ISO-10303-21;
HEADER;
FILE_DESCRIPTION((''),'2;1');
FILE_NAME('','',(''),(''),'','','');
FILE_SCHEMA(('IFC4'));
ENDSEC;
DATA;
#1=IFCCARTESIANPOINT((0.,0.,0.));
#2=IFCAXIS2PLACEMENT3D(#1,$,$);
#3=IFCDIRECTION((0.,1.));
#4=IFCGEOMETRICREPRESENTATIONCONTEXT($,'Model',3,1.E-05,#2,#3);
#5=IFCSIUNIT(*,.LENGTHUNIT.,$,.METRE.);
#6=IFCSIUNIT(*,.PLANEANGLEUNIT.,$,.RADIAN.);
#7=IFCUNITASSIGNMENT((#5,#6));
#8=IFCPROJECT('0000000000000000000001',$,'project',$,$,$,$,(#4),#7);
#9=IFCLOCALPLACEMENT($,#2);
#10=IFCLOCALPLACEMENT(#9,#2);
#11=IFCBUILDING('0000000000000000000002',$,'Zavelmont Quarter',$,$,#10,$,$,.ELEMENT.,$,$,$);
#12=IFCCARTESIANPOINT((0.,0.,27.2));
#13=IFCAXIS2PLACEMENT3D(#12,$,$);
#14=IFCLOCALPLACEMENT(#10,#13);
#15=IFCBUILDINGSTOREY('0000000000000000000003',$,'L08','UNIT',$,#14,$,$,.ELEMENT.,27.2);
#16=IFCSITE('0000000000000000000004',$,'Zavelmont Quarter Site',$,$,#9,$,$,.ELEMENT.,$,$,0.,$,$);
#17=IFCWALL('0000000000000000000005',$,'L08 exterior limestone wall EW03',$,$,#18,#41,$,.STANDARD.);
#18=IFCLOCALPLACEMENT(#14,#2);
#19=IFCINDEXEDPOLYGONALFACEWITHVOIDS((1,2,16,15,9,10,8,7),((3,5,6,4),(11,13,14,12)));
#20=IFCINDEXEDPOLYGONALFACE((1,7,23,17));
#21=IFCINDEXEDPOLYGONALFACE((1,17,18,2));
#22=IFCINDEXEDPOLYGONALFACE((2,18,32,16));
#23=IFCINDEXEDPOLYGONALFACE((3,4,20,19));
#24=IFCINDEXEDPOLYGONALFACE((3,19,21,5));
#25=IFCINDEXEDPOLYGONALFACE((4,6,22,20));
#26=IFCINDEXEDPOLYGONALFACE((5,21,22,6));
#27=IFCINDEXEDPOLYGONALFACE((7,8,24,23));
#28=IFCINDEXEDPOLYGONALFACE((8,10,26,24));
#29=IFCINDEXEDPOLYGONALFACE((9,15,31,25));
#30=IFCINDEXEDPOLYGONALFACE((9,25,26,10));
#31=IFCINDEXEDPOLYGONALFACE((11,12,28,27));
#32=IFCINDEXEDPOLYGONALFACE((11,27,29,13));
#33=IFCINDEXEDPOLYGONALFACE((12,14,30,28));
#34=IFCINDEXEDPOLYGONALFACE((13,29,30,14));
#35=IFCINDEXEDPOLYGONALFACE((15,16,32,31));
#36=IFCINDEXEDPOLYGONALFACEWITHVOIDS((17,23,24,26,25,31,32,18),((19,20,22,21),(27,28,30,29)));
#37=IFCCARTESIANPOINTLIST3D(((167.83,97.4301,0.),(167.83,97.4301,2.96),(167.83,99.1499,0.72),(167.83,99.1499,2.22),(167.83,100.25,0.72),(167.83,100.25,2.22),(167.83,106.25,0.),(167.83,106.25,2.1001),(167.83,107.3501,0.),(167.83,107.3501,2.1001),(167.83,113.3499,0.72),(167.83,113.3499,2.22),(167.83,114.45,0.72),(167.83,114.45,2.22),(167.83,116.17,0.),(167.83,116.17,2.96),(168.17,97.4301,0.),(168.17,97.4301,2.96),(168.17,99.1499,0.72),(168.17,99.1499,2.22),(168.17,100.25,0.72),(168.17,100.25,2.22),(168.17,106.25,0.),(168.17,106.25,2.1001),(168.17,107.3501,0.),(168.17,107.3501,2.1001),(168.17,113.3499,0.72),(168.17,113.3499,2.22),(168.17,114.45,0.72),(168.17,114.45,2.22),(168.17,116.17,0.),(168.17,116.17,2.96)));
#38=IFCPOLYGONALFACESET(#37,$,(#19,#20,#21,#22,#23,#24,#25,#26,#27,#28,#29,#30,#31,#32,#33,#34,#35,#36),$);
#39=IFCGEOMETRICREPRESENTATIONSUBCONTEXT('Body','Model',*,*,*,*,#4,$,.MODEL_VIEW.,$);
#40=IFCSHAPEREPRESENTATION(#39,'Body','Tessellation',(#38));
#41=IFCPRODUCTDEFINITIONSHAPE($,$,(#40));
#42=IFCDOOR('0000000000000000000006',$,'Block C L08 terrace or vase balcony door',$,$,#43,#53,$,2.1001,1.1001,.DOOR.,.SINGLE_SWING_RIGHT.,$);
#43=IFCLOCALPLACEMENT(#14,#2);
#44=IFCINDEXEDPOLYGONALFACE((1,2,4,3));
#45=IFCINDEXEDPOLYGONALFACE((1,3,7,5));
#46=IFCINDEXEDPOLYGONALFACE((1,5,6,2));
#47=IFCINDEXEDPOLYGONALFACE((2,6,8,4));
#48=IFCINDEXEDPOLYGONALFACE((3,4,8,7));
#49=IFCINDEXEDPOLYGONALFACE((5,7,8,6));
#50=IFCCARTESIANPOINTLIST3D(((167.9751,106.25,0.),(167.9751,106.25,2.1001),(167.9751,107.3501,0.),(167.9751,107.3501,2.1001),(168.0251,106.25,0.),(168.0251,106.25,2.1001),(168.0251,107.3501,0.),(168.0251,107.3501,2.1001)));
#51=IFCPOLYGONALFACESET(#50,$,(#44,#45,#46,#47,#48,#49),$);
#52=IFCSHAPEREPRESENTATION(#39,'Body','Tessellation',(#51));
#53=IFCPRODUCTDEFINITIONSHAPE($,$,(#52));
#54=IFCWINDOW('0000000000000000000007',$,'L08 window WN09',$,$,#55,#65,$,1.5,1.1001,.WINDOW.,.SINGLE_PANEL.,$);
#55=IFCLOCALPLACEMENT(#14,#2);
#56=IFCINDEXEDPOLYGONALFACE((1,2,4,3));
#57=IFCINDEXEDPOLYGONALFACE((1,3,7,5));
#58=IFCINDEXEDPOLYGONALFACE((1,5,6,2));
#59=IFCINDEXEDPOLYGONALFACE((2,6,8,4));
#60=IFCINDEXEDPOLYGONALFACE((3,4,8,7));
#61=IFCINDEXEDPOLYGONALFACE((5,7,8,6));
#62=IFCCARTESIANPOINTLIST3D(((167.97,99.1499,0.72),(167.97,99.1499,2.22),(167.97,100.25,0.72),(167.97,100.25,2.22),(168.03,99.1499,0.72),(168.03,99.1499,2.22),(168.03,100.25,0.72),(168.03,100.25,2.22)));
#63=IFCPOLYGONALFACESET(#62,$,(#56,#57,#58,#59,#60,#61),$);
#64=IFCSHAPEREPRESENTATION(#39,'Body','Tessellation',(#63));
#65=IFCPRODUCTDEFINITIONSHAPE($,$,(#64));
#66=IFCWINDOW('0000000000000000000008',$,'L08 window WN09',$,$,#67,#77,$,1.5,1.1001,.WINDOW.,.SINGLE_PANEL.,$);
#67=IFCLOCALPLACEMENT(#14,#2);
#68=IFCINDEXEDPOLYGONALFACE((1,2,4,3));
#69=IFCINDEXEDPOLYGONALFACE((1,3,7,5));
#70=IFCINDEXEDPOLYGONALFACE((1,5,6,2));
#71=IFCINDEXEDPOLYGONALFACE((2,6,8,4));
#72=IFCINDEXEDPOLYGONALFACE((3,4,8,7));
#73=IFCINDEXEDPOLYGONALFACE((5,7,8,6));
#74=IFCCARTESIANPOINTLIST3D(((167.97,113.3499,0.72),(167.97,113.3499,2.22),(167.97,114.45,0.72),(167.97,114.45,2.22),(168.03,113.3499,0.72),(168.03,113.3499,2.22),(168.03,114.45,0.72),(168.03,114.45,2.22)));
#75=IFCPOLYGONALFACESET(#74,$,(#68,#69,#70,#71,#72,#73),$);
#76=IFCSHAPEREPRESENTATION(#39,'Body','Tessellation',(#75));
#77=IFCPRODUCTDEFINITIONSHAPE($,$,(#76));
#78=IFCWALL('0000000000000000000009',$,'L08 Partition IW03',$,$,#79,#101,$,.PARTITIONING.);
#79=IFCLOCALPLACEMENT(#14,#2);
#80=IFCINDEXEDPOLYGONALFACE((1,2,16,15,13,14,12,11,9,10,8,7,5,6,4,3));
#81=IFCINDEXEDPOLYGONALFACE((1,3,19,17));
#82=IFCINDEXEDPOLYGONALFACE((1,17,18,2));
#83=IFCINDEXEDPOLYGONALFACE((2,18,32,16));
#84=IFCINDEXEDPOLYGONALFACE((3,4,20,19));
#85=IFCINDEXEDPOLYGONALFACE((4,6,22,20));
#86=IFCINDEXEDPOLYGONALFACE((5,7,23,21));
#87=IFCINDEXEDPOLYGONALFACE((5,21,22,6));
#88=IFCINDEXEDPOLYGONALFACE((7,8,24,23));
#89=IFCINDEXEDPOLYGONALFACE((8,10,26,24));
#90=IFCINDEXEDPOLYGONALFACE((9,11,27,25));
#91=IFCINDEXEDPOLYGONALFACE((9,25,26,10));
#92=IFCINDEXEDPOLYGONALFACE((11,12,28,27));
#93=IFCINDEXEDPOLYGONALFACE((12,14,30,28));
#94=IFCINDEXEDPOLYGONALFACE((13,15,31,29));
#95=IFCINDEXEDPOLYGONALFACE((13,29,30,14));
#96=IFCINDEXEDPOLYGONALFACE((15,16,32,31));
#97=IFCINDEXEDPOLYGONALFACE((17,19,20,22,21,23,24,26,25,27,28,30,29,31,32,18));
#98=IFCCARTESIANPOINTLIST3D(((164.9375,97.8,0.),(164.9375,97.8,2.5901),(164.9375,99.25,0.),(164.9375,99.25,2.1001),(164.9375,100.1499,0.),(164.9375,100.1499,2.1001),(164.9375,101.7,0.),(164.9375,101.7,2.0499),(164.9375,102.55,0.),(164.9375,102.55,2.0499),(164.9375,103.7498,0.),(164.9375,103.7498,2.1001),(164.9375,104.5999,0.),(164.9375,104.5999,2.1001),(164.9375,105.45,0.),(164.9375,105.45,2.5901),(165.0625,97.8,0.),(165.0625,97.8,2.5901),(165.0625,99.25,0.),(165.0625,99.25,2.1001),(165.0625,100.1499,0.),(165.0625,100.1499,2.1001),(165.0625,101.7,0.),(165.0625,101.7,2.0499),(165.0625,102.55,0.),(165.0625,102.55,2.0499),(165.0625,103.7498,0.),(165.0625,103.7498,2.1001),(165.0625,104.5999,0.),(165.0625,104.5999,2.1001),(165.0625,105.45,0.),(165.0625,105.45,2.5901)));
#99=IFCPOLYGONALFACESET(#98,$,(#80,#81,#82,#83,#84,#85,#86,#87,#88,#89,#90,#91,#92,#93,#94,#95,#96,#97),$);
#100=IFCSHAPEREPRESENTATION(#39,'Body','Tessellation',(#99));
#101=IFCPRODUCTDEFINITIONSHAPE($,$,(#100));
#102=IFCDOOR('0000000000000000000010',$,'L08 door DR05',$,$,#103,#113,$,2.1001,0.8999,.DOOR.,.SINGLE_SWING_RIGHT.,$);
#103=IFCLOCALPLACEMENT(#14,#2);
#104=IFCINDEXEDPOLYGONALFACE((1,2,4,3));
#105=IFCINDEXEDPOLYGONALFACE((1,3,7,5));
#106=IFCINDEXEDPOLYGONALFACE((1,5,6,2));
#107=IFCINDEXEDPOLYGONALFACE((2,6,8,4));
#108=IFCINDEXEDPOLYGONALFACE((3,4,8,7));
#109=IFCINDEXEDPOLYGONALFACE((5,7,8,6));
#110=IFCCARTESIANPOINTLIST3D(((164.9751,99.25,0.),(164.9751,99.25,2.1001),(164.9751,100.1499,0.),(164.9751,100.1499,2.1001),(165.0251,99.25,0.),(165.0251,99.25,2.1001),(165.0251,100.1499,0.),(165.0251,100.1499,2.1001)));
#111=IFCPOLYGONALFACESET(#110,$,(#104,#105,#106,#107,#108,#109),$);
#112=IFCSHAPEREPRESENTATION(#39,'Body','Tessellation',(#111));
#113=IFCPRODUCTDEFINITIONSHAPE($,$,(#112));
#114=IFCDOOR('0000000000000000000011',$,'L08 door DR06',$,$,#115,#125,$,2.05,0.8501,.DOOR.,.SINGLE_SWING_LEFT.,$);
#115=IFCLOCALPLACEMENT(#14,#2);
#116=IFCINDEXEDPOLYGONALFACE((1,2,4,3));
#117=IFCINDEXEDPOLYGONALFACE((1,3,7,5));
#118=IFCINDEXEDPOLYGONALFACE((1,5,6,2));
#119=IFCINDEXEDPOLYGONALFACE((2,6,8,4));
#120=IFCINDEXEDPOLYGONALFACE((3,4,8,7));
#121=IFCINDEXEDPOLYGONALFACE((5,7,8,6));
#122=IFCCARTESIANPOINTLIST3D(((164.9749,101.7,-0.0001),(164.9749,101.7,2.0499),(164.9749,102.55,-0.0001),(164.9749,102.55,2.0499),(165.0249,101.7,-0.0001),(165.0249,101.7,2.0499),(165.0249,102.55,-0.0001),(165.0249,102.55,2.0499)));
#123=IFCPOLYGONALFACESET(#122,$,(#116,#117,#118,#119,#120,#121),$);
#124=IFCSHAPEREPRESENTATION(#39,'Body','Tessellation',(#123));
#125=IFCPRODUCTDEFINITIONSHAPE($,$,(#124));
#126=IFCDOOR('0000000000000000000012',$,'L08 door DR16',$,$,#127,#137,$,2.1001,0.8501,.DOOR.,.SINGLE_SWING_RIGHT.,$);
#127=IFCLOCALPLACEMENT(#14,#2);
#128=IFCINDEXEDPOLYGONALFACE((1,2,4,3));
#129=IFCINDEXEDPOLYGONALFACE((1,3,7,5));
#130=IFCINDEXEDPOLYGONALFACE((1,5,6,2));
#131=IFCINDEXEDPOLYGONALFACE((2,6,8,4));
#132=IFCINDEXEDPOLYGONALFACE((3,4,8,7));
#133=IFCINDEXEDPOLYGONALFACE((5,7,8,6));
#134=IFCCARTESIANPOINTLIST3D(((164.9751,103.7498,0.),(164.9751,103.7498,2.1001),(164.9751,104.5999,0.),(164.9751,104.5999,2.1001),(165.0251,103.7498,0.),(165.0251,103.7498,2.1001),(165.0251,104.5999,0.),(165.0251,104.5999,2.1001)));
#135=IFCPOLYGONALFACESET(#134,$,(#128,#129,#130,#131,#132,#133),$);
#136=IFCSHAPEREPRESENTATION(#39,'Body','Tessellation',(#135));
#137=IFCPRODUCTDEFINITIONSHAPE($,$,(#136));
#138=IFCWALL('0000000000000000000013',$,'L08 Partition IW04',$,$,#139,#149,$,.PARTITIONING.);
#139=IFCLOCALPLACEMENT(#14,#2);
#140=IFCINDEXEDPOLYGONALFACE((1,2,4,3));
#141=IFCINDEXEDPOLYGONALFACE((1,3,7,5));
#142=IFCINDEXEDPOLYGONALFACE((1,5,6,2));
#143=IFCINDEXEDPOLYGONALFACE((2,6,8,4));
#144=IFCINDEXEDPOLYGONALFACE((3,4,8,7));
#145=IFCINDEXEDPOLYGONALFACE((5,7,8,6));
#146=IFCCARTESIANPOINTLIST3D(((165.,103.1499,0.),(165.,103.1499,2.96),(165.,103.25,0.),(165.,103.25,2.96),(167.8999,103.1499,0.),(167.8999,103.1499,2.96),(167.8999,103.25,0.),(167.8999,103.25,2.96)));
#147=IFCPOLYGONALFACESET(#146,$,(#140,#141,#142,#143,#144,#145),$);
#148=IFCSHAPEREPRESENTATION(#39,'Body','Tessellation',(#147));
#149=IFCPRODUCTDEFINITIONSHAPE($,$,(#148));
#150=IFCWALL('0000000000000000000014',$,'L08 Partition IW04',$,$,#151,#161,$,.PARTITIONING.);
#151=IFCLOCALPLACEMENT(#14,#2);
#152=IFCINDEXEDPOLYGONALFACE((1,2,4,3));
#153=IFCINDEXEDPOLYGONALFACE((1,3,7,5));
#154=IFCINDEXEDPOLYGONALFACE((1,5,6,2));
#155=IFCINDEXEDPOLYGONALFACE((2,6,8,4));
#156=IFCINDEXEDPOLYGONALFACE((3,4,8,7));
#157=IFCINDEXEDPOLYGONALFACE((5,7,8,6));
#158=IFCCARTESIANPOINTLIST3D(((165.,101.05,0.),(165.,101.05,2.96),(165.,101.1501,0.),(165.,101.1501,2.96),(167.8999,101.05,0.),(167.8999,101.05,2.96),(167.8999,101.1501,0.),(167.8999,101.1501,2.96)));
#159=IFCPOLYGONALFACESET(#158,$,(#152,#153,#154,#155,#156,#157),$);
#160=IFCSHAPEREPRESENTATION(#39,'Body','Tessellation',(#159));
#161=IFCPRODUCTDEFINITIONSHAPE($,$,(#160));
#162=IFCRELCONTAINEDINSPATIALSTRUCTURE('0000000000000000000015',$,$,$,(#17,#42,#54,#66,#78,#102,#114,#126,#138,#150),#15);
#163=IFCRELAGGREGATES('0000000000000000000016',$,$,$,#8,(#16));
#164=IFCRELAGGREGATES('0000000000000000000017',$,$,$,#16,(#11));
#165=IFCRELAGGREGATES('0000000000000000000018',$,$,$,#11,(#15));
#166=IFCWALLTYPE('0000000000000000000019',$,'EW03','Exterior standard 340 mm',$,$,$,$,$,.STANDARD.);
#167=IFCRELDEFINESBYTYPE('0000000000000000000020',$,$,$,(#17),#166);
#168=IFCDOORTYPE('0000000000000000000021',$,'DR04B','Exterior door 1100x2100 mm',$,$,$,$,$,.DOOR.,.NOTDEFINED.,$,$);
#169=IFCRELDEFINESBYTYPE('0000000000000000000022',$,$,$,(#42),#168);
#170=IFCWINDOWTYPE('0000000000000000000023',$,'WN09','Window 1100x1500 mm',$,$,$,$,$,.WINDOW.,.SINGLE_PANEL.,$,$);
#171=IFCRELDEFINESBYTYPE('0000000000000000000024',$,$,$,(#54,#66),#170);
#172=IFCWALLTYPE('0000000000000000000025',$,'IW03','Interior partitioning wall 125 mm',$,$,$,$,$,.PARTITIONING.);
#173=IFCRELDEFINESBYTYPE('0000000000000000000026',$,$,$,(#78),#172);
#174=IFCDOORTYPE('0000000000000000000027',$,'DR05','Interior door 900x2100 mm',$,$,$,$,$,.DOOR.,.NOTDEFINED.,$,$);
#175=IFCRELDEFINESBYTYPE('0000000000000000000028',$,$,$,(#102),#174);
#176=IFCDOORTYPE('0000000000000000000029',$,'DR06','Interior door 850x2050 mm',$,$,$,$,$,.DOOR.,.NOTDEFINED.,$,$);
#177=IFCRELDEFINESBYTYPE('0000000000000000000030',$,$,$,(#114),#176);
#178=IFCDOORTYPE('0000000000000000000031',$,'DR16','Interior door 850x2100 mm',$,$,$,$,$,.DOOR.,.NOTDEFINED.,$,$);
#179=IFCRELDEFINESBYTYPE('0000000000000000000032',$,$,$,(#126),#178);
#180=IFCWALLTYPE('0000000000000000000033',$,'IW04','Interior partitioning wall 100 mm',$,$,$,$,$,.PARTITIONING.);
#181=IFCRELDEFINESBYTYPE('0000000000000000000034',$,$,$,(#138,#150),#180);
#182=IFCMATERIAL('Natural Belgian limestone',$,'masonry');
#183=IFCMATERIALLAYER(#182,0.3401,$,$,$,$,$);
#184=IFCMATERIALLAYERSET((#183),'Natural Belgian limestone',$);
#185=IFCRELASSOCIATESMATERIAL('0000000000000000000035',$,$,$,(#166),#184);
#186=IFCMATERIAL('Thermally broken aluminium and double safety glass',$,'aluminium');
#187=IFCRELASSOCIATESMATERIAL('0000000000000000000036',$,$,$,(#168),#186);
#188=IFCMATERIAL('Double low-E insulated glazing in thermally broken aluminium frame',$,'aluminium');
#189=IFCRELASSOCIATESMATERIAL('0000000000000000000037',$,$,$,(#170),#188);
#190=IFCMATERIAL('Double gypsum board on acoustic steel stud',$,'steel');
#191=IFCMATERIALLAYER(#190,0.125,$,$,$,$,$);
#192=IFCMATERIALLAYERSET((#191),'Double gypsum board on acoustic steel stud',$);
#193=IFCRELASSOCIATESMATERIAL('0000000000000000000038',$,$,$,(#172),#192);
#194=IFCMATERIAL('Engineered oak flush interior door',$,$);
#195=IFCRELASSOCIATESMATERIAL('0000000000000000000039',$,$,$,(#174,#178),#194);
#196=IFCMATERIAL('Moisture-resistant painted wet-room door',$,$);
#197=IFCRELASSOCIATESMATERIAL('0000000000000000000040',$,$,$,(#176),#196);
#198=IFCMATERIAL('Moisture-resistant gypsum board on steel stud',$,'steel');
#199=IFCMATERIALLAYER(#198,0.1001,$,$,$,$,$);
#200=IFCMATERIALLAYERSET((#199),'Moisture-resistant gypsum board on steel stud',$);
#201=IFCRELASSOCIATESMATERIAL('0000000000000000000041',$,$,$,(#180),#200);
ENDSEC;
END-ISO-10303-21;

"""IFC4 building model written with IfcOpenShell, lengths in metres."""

from ifc_helpers import new_model, si_unit, direction, frame, frame_2d, origin, origin_with_axes, place, context, subcontext, project, spatial, rectangle, extrude, material, layer, layer_set, type_object, element, fill, save


model = new_model("IFC4")

# Units and contexts
model_context = context("Model", 3, precision=1e-05, world=origin(), true_north=direction((0.0, 1.0)))
body_context = subcontext(model_context, "Body", "Model", "MODEL_VIEW")
ifc_project = project(units=[si_unit("LENGTHUNIT", "METRE"), si_unit("PLANEANGLEUNIT", "RADIAN")], contexts=[model_context])

# Site, building, storey
site_placement = place(None, origin())
site = spatial("IfcSite", under=ifc_project, at=site_placement, Name="Zavelmont Quarter Site", CompositionType="ELEMENT", RefElevation=0.0)
building_placement = place(site_placement, origin())
building = spatial("IfcBuilding", under=site, at=building_placement, Name="Zavelmont Quarter", CompositionType="ELEMENT")
storey_placement = place(building_placement, frame((0.0, 0.0, 27.2)))
storey = spatial("IfcBuildingStorey", under=building, at=storey_placement, Name="L08", Description="UNIT", CompositionType="ELEMENT", Elevation=27.2)

# Wall, openings, door, windows
ifc_material_1 = material(Name="Natural Belgian limestone", Category="masonry")
ifc_layer_1 = layer(ifc_material_1, 0.3401)
ifc_layer_set_1 = layer_set([ifc_layer_1], Name="Natural Belgian limestone")
wall_type_1 = type_object("IfcWallType", Name="EW03", Description="Exterior standard 340 mm", PredefinedType="STANDARD", material=ifc_layer_set_1)
wall_1_placement = place(storey_placement, frame((168.0, 97.4299, 0.0), z_axis=(0.0, 0.0, 1.0), x_axis=(0.0, 1.0, 0.0)))
wall_1 = element("IfcWall", 1, at=wall_1_placement, inside=storey, type_object=wall_type_1, Name="L08 exterior limestone wall EW03", PredefinedType="STANDARD", context=body_context, shape_type="SweptSolid", body=[
    extrude(rectangle(XDim=18.74, YDim=0.3401, at=frame_2d((9.3701, 0.0))), origin(), (0.0, 0.0, 1.0), 2.96),
])
opening_1_placement = place(wall_1_placement, frame((8.8201, 0.0, 0.0)))
opening_1 = element("IfcOpeningElement", 2, at=opening_1_placement, cuts=wall_1, PredefinedType="OPENING", context=body_context, shape_type="SweptSolid", body=[
    extrude(rectangle(XDim=1.1001, YDim=2.1001, at=frame_2d((0.55, 1.05))), frame((0.0, 0.1821, 0.0), z_axis=(0.0, -1.0, 0.0), x_axis=(1.0, 0.0, 0.0)), (0.0, 0.0, 1.0), 0.364),
])
opening_2_placement = place(wall_1_placement, frame((1.72, 0.0, 0.72)))
opening_2 = element("IfcOpeningElement", 3, at=opening_2_placement, cuts=wall_1, PredefinedType="OPENING", context=body_context, shape_type="SweptSolid", body=[
    extrude(rectangle(XDim=1.1001, YDim=1.5, at=frame_2d((0.55, 0.75))), frame((0.0, 0.1821, 0.0), z_axis=(0.0, -1.0, 0.0), x_axis=(1.0, 0.0, 0.0)), (0.0, 0.0, 1.0), 0.364),
])
opening_3_placement = place(wall_1_placement, frame((15.9199, 0.0, 0.72)))
opening_3 = element("IfcOpeningElement", 4, at=opening_3_placement, cuts=wall_1, PredefinedType="OPENING", context=body_context, shape_type="SweptSolid", body=[
    extrude(rectangle(XDim=1.1001, YDim=1.5, at=frame_2d((0.55, 0.75))), frame((0.0, 0.1821, 0.0), z_axis=(0.0, -1.0, 0.0), x_axis=(1.0, 0.0, 0.0)), (0.0, 0.0, 1.0), 0.364),
])
ifc_material_2 = material(Name="Thermally broken aluminium and double safety glass", Category="aluminium")
door_type_1 = type_object("IfcDoorType", Name="DR04B", Description="Exterior door 1100x2100 mm", OperationType="NOTDEFINED", PredefinedType="DOOR", material=ifc_material_2)
door_1_placement = place(opening_1_placement, origin_with_axes())
door_1 = element("IfcDoor", 5, at=door_1_placement, inside=storey, type_object=door_type_1, Name="Block C L08 terrace or vase balcony door", OperationType="SINGLE_SWING_RIGHT", OverallHeight=2.1001, OverallWidth=1.1001, PredefinedType="DOOR", context=body_context, shape_type="SweptSolid", body=[
    extrude(rectangle(XDim=1.1001, YDim=2.1001, at=frame_2d((0.55, 1.05))), frame((0.0, 0.0249, 0.0), z_axis=(0.0, -1.0, 0.0), x_axis=(1.0, 0.0, 0.0)), (0.0, 0.0, 1.0), 0.05),
])
fill(opening_1, door_1)
ifc_material_3 = material(Name="Double low-E insulated glazing in thermally broken aluminium frame", Category="aluminium")
window_type = type_object("IfcWindowType", Name="WN09", Description="Window 1100x1500 mm", PartitioningType="SINGLE_PANEL", PredefinedType="WINDOW", material=ifc_material_3)
window_1_placement = place(opening_2_placement, origin_with_axes())
window_1 = element("IfcWindow", 6, at=window_1_placement, inside=storey, type_object=window_type, Name="L08 window WN09", OverallHeight=1.5, OverallWidth=1.1001, PartitioningType="SINGLE_PANEL", PredefinedType="WINDOW", context=body_context, shape_type="SweptSolid", body=[
    extrude(rectangle(XDim=1.1001, YDim=1.5, at=frame_2d((0.55, 0.75))), frame((0.0, 0.03, 0.0), z_axis=(0.0, -1.0, 0.0), x_axis=(1.0, 0.0, 0.0)), (0.0, 0.0, 1.0), 0.0601),
])
fill(opening_2, window_1)
window_2_placement = place(opening_3_placement, origin_with_axes())
window_2 = element("IfcWindow", 7, at=window_2_placement, inside=storey, type_object=window_type, Name="L08 window WN09", OverallHeight=1.5, OverallWidth=1.1001, PartitioningType="SINGLE_PANEL", PredefinedType="WINDOW", context=body_context, shape_type="SweptSolid", body=[
    extrude(rectangle(XDim=1.1001, YDim=1.5, at=frame_2d((0.55, 0.75))), frame((0.0, 0.03, 0.0), z_axis=(0.0, -1.0, 0.0), x_axis=(1.0, 0.0, 0.0)), (0.0, 0.0, 1.0), 0.0601),
])
fill(opening_3, window_2)

# Wall, openings, doors
ifc_material_4 = material(Name="Double gypsum board on acoustic steel stud", Category="steel")
ifc_layer_2 = layer(ifc_material_4, 0.125)
ifc_layer_set_2 = layer_set([ifc_layer_2], Name="Double gypsum board on acoustic steel stud")
wall_type_2 = type_object("IfcWallType", Name="IW03", Description="Interior partitioning wall 125 mm", PredefinedType="PARTITIONING", material=ifc_layer_set_2)
wall_2_placement = place(storey_placement, frame((165.0, 105.45, 0.0), z_axis=(0.0, 0.0, 1.0), x_axis=(0.0, -1.0, 0.0)))
wall_2 = element("IfcWall", 8, at=wall_2_placement, inside=storey, type_object=wall_type_2, Name="L08 Partition IW03", PredefinedType="PARTITIONING", context=body_context, shape_type="SweptSolid", body=[
    extrude(rectangle(XDim=7.6499, YDim=0.125, at=frame_2d((3.825, 0.0))), origin(), (0.0, 0.0, 1.0), 2.5901),
])
opening_4_placement = place(wall_2_placement, frame((0.8501, 0.0, 0.0)))
opening_4 = element("IfcOpeningElement", 9, at=opening_4_placement, cuts=wall_2, PredefinedType="OPENING", context=body_context, shape_type="SweptSolid", body=[
    extrude(rectangle(XDim=0.8501, YDim=2.1001, at=frame_2d((0.425, 1.05))), frame((0.0, 0.0745, 0.0), z_axis=(0.0, -1.0, 0.0), x_axis=(1.0, 0.0, 0.0)), (0.0, 0.0, 1.0), 0.1489),
])
opening_5_placement = place(wall_2_placement, frame((2.8999, 0.0, 0.0)))
opening_5 = element("IfcOpeningElement", 10, at=opening_5_placement, cuts=wall_2, PredefinedType="OPENING", context=body_context, shape_type="SweptSolid", body=[
    extrude(rectangle(XDim=0.8501, YDim=2.05, at=frame_2d((0.425, 1.0249))), frame((0.0, 0.0745, 0.0), z_axis=(0.0, -1.0, 0.0), x_axis=(1.0, 0.0, 0.0)), (0.0, 0.0, 1.0), 0.1489),
])
opening_6_placement = place(wall_2_placement, frame((5.3, 0.0, 0.0)))
opening_6 = element("IfcOpeningElement", 11, at=opening_6_placement, cuts=wall_2, PredefinedType="OPENING", context=body_context, shape_type="SweptSolid", body=[
    extrude(rectangle(XDim=0.8999, YDim=2.1001, at=frame_2d((0.45, 1.05))), frame((0.0, 0.0745, 0.0), z_axis=(0.0, -1.0, 0.0), x_axis=(1.0, 0.0, 0.0)), (0.0, 0.0, 1.0), 0.1489),
])
ifc_material_5 = material(Name="Engineered oak flush interior door")
door_type_2 = type_object("IfcDoorType", Name="DR05", Description="Interior door 900x2100 mm", OperationType="NOTDEFINED", PredefinedType="DOOR", material=ifc_material_5)
door_2_placement = place(opening_6_placement, frame((0.8999, 0.0, 0.0), z_axis=(0.0, 0.0, 1.0), x_axis=(-1.0, 0.0, 0.0)))
door_2 = element("IfcDoor", 12, at=door_2_placement, inside=storey, type_object=door_type_2, Name="L08 door DR05", OperationType="SINGLE_SWING_RIGHT", OverallHeight=2.1001, OverallWidth=0.8999, PredefinedType="DOOR", context=body_context, shape_type="SweptSolid", body=[
    extrude(rectangle(XDim=0.8999, YDim=2.1001, at=frame_2d((0.45, 1.05))), frame((0.0, 0.0249, 0.0), z_axis=(0.0, -1.0, 0.0), x_axis=(1.0, 0.0, 0.0)), (0.0, 0.0, 1.0), 0.05),
])
fill(opening_6, door_2)
ifc_material_6 = material(Name="Moisture-resistant painted wet-room door")
door_type_3 = type_object("IfcDoorType", Name="DR06", Description="Interior door 850x2050 mm", OperationType="NOTDEFINED", PredefinedType="DOOR", material=ifc_material_6)
door_3_placement = place(opening_5_placement, origin_with_axes())
door_3 = element("IfcDoor", 13, at=door_3_placement, inside=storey, type_object=door_type_3, Name="L08 door DR06", OperationType="SINGLE_SWING_LEFT", OverallHeight=2.05, OverallWidth=0.8501, PredefinedType="DOOR", context=body_context, shape_type="SweptSolid", body=[
    extrude(rectangle(XDim=0.8501, YDim=2.05, at=frame_2d((0.425, 1.0249))), frame((0.0, 0.0249, 0.0), z_axis=(0.0, -1.0, 0.0), x_axis=(1.0, 0.0, 0.0)), (0.0, 0.0, 1.0), 0.05),
])
fill(opening_5, door_3)
door_type_4 = type_object("IfcDoorType", Name="DR16", Description="Interior door 850x2100 mm", OperationType="NOTDEFINED", PredefinedType="DOOR", material=ifc_material_5)
door_4_placement = place(opening_4_placement, frame((0.8501, 0.0, 0.0), z_axis=(0.0, 0.0, 1.0), x_axis=(-1.0, 0.0, 0.0)))
door_4 = element("IfcDoor", 14, at=door_4_placement, inside=storey, type_object=door_type_4, Name="L08 door DR16", OperationType="SINGLE_SWING_RIGHT", OverallHeight=2.1001, OverallWidth=0.8501, PredefinedType="DOOR", context=body_context, shape_type="SweptSolid", body=[
    extrude(rectangle(XDim=0.8501, YDim=2.1001, at=frame_2d((0.425, 1.05))), frame((0.0, 0.0249, 0.0), z_axis=(0.0, -1.0, 0.0), x_axis=(1.0, 0.0, 0.0)), (0.0, 0.0, 1.0), 0.05),
])
fill(opening_4, door_4)

# Walls
ifc_material_7 = material(Name="Moisture-resistant gypsum board on steel stud", Category="steel")
ifc_layer_3 = layer(ifc_material_7, 0.1001)
ifc_layer_set_3 = layer_set([ifc_layer_3], Name="Moisture-resistant gypsum board on steel stud")
wall_type_3 = type_object("IfcWallType", Name="IW04", Description="Interior partitioning wall 100 mm", PredefinedType="PARTITIONING", material=ifc_layer_set_3)
for number, where, z_axis, x_axis, name in (
    (15, (165.0, 103.2, 0.0), (0.0, 0.0, 1.0), (1.0, 0.0, 0.0), "L08 Partition IW04"),
    (16, (165.0, 101.1001, 0.0), (0.0, 0.0, 1.0), (1.0, 0.0, 0.0), "L08 Partition IW04"),
):
    element("IfcWall", number, at=place(storey_placement, frame(where, z_axis=z_axis, x_axis=x_axis)), inside=storey, type_object=wall_type_3, Name=name, PredefinedType="PARTITIONING", context=body_context, shape_type="SweptSolid", body=[
        extrude(rectangle(XDim=2.8999, YDim=0.1001, at=frame_2d((1.45, 0.0))), origin(), (0.0, 0.0, 1.0), 2.96),
    ])

save(model, "model.ifc")
